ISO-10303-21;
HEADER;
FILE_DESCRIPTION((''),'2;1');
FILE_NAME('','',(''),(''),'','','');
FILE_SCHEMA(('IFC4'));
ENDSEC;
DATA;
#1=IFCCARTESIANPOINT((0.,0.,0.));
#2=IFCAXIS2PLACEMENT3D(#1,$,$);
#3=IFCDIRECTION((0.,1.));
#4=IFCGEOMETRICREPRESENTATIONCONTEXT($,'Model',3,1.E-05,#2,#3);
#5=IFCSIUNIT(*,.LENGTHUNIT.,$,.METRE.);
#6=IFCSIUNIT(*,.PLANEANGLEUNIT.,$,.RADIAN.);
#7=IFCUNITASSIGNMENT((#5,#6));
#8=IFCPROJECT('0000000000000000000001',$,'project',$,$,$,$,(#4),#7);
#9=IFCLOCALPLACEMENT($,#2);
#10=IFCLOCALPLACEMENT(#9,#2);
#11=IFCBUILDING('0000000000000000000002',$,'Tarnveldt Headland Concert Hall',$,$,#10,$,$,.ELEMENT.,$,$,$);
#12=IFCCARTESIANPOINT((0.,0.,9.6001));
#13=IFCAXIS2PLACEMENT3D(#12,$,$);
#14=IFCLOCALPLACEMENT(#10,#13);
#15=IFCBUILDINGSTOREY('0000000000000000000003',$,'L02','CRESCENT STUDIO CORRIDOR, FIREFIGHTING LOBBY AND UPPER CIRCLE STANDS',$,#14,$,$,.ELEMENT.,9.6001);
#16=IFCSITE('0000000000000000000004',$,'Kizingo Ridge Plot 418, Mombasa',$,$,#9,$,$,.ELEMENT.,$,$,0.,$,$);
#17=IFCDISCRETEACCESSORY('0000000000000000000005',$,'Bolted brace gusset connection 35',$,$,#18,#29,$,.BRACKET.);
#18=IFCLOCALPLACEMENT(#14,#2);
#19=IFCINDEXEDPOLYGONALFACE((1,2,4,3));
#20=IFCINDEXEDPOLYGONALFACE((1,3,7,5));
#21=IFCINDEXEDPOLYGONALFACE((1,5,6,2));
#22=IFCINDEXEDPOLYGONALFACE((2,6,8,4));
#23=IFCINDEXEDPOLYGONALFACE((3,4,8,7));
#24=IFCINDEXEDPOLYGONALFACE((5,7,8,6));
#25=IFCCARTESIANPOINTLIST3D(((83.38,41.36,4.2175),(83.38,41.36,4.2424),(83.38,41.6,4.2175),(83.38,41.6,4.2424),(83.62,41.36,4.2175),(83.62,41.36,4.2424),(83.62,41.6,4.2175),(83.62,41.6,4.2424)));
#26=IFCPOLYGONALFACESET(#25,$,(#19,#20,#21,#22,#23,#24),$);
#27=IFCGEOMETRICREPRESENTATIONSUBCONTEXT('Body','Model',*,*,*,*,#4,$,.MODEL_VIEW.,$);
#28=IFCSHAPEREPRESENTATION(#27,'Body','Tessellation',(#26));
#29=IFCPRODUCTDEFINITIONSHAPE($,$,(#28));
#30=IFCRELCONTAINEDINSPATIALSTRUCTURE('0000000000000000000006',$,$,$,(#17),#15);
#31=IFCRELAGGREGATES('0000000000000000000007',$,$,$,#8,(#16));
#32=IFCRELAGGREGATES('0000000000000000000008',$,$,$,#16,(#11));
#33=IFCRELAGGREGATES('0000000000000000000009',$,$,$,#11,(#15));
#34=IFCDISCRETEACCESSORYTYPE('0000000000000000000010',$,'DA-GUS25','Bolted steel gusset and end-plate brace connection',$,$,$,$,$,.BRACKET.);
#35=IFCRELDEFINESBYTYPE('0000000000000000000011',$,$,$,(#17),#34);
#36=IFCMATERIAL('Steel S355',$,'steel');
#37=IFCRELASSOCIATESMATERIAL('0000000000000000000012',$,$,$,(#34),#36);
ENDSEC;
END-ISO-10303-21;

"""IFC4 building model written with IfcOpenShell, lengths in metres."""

from ifc_helpers import new_model, si_unit, direction, frame, origin, origin_2d, place, context, subcontext, project, spatial, rectangle, extrude, material, type_object, element, save


model = new_model("IFC4")

# Units and contexts
model_context = context("Model", 3, precision=1e-05, world=origin(), true_north=direction((0.0, 1.0)))
body_context = subcontext(model_context, "Body", "Model", "MODEL_VIEW")
ifc_project = project(units=[si_unit("LENGTHUNIT", "METRE"), si_unit("PLANEANGLEUNIT", "RADIAN")], contexts=[model_context])

# Site, building, storey
site_placement = place(None, origin())
site = spatial("IfcSite", under=ifc_project, at=site_placement, Name="Kizingo Ridge Plot 418, Mombasa", CompositionType="ELEMENT", RefElevation=0.0)
building_placement = place(site_placement, origin())
building = spatial("IfcBuilding", under=site, at=building_placement, Name="Tarnveldt Headland Concert Hall", CompositionType="ELEMENT")
storey_placement = place(building_placement, frame((0.0, 0.0, 9.6001)))
storey = spatial("IfcBuildingStorey", under=building, at=storey_placement, Name="L02", Description="CRESCENT STUDIO CORRIDOR, FIREFIGHTING LOBBY AND UPPER CIRCLE STANDS", CompositionType="ELEMENT", Elevation=9.6001)

# Shared definitions
ifc_material_1 = material(Name="Steel S355", Category="steel")

# Discrete accessory
discrete_accessory_type = type_object("IfcDiscreteAccessoryType", Name="DA-GUS25", Description="Bolted steel gusset and end-plate brace connection", PredefinedType="BRACKET", material=ifc_material_1)
for number, where, z_axis, x_axis, name in (
    (1, (83.5, 41.48, 4.2175), (0.0, 0.0, 1.0), (1.0, 0.0, 0.0), "Bolted brace gusset connection 35"),
):
    element("IfcDiscreteAccessory", number, at=place(storey_placement, frame(where, z_axis=z_axis, x_axis=x_axis)), inside=storey, type_object=discrete_accessory_type, Name=name, PredefinedType="BRACKET", context=body_context, shape_type="SweptSolid", body=[
        extrude(rectangle(XDim=0.24, YDim=0.24, at=origin_2d()), origin(), (0.0, 0.0, 1.0), 0.0249),
    ])

save(model, "model.ifc")
